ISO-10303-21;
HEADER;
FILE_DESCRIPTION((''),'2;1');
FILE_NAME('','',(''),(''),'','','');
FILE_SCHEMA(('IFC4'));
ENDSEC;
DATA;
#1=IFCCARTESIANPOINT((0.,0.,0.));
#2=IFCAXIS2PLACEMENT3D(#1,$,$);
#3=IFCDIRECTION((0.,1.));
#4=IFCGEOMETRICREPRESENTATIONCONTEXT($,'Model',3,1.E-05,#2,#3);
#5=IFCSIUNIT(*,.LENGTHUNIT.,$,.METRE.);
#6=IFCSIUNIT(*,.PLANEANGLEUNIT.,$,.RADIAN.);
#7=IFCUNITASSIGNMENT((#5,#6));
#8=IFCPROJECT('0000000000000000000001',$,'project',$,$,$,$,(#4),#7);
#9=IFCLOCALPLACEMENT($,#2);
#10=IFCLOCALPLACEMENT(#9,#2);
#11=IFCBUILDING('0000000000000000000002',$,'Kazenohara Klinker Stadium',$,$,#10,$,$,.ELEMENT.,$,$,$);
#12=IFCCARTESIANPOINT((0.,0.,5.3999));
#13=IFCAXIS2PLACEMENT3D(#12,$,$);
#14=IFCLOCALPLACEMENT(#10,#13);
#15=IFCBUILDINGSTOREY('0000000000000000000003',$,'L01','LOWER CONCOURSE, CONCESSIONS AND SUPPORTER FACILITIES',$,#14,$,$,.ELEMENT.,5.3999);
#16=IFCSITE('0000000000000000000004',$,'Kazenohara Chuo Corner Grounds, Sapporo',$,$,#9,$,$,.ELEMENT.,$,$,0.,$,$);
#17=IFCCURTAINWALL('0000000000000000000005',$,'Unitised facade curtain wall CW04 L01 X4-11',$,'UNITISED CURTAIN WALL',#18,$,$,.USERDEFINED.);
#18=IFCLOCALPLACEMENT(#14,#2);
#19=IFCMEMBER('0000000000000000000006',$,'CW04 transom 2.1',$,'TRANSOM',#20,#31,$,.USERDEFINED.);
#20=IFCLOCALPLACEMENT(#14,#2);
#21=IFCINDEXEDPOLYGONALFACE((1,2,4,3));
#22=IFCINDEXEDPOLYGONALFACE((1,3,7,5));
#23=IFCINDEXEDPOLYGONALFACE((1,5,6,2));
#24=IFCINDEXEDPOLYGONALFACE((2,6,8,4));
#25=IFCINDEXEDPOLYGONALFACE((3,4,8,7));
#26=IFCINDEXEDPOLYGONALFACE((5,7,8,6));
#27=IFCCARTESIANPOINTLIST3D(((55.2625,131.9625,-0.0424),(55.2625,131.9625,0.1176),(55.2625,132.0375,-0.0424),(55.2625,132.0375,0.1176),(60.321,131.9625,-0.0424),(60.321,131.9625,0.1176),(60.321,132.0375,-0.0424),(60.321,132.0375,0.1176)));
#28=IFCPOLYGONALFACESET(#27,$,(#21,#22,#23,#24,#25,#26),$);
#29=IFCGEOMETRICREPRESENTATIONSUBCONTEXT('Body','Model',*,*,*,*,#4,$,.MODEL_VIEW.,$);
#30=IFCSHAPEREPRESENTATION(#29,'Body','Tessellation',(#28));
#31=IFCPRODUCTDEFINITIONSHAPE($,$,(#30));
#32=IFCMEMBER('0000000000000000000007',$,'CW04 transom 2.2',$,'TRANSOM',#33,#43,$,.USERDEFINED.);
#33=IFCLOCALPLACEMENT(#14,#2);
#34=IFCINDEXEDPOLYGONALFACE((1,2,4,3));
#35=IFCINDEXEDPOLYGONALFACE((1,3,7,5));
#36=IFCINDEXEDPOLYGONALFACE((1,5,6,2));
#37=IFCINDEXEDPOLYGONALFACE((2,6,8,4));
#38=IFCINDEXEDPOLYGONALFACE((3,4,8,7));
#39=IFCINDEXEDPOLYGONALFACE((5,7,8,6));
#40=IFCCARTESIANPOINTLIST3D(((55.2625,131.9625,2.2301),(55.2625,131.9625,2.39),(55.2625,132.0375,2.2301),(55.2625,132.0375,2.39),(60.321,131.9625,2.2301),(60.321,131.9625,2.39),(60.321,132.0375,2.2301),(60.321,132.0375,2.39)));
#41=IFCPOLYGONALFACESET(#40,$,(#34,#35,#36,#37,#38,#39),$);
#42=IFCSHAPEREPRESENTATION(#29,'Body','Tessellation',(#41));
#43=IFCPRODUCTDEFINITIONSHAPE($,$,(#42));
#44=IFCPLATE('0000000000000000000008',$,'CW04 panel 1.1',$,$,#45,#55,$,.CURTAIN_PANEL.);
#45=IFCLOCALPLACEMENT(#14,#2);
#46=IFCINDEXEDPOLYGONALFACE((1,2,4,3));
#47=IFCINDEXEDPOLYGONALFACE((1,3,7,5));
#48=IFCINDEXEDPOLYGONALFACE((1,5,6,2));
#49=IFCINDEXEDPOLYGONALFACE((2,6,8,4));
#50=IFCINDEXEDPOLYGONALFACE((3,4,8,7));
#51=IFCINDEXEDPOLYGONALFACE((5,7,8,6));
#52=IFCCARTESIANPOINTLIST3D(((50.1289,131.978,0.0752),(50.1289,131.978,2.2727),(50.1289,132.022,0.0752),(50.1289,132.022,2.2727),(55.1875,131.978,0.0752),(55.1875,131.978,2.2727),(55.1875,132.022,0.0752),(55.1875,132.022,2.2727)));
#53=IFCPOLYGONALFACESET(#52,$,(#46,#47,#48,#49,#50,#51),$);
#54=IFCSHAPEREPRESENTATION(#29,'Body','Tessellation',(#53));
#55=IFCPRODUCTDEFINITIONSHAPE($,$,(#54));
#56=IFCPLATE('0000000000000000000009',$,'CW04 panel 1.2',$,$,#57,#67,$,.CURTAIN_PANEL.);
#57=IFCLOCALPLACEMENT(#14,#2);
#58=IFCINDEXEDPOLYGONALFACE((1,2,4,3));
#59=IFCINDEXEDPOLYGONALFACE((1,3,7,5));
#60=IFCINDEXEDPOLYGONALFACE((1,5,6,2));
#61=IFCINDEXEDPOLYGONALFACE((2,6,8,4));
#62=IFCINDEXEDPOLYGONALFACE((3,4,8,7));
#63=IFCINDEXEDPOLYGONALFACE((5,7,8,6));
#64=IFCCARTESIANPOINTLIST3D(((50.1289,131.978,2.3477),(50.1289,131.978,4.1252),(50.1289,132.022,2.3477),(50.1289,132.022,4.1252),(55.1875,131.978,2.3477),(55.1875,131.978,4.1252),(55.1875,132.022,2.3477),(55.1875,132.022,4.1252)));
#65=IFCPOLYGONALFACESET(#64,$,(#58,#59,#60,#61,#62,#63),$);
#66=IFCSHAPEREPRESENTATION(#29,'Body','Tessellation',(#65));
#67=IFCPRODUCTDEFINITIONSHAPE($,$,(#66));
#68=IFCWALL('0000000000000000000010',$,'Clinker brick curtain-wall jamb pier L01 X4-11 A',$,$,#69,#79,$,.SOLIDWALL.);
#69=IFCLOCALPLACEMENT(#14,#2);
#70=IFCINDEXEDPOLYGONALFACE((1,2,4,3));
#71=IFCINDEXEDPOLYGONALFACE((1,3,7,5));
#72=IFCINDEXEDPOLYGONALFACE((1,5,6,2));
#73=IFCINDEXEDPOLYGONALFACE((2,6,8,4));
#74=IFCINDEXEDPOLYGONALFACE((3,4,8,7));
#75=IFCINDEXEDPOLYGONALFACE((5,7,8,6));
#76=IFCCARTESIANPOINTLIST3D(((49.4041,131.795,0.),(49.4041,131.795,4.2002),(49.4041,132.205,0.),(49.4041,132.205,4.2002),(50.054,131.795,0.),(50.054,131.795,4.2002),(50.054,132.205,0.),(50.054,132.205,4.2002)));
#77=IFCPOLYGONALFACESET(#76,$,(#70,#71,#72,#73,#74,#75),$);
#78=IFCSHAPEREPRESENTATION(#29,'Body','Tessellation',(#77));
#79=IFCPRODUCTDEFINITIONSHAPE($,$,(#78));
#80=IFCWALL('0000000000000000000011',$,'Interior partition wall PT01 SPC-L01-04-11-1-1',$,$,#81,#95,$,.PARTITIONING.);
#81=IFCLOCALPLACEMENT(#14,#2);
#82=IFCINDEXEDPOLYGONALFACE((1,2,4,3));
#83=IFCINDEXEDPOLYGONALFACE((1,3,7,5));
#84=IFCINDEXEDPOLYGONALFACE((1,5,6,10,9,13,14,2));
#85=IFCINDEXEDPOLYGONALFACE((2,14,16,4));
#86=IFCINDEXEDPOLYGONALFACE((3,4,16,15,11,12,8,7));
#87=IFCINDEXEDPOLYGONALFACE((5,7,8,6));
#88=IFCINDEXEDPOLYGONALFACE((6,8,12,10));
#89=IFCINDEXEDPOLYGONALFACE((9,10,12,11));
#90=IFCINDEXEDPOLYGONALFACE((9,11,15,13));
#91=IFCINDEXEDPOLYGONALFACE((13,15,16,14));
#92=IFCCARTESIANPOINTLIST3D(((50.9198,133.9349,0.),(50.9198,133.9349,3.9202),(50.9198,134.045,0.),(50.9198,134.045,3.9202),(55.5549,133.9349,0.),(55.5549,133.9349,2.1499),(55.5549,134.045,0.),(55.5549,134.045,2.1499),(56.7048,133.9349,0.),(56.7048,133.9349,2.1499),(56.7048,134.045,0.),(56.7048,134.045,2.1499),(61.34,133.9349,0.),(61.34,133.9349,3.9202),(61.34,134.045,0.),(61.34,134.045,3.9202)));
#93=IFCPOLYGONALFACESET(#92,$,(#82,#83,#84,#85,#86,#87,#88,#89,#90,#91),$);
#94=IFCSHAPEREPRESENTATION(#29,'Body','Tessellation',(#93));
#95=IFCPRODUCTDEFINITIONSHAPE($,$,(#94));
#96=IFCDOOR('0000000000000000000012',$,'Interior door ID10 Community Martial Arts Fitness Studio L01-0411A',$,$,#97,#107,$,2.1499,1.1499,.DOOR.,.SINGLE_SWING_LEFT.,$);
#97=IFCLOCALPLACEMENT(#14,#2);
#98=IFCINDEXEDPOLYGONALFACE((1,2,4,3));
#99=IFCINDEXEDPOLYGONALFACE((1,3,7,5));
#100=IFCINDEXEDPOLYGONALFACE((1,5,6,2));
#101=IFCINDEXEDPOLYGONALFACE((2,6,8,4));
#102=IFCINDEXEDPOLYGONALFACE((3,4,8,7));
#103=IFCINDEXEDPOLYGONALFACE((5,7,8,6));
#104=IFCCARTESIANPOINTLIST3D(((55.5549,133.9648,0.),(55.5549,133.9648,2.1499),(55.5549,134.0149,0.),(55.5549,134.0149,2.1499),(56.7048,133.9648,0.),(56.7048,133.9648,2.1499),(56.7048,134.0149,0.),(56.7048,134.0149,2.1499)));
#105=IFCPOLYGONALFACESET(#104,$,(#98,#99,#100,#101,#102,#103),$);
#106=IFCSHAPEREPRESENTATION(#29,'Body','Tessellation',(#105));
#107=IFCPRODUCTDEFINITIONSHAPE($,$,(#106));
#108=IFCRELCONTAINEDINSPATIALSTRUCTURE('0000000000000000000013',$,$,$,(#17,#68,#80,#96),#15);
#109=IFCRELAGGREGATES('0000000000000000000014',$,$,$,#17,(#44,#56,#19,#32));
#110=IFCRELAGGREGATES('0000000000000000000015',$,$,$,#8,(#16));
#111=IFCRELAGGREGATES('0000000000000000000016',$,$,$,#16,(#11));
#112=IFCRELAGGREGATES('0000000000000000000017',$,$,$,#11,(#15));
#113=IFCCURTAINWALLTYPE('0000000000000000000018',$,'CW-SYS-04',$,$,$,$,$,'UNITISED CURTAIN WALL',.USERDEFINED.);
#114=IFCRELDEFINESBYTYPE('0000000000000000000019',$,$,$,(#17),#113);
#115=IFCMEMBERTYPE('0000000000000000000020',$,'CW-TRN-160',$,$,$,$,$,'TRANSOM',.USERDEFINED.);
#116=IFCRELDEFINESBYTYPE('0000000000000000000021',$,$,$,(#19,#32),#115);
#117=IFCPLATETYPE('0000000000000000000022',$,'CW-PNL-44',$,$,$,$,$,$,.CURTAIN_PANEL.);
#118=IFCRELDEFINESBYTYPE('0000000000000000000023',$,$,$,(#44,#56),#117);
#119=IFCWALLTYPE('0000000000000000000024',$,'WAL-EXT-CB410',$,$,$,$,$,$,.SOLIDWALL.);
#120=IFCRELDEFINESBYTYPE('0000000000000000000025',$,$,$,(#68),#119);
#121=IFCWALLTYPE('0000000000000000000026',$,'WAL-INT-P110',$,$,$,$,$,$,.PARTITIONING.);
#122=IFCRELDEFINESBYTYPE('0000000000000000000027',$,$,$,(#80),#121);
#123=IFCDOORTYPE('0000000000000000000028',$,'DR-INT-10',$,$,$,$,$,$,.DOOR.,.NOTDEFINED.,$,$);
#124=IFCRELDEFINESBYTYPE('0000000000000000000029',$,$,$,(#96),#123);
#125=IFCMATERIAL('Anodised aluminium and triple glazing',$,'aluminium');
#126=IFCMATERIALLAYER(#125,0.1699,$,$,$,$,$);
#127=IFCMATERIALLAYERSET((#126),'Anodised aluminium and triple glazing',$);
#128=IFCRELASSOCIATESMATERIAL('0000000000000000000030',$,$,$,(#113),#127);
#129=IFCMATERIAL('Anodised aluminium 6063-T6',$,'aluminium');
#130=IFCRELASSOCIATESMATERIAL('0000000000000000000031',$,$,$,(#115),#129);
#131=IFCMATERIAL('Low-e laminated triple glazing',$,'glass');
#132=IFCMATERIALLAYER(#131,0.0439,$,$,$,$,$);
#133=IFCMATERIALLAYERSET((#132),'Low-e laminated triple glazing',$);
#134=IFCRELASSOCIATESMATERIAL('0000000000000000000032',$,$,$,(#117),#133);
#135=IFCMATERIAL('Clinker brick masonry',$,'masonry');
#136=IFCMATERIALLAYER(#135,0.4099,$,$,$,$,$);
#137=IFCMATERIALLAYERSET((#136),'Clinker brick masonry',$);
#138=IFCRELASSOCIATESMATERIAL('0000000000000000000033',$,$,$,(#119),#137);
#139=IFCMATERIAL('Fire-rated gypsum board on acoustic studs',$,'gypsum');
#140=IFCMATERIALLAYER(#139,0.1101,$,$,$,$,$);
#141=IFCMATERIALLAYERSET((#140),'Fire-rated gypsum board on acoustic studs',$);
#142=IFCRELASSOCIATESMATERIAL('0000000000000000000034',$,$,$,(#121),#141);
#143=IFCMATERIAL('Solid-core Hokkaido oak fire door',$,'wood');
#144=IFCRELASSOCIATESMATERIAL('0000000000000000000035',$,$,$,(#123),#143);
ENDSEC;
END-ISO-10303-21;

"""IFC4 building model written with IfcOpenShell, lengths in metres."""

from ifc_helpers import new_model, si_unit, direction, frame, frame_2d, origin, origin_2d, place, context, subcontext, project, spatial, rectangle, extrude, material, layer, layer_set, material_profile, profile_set, type_object, element, fill, aggregate, save


model = new_model("IFC4")

# Units and contexts
model_context = context("Model", 3, precision=1e-05, world=origin(), true_north=direction((0.0, 1.0)))
body_context = subcontext(model_context, "Body", "Model", "MODEL_VIEW")
ifc_project = project(units=[si_unit("LENGTHUNIT", "METRE"), si_unit("PLANEANGLEUNIT", "RADIAN")], contexts=[model_context])

# Site, building, storey
site_placement = place(None, origin())
site = spatial("IfcSite", under=ifc_project, at=site_placement, Name="Kazenohara Chuo Corner Grounds, Sapporo", CompositionType="ELEMENT", RefElevation=0.0)
building_placement = place(site_placement, origin())
building = spatial("IfcBuilding", under=site, at=building_placement, Name="Kazenohara Klinker Stadium", CompositionType="ELEMENT")
storey_placement = place(building_placement, frame((0.0, 0.0, 5.3999)))
storey = spatial("IfcBuildingStorey", under=building, at=storey_placement, Name="L01", Description="LOWER CONCOURSE, CONCESSIONS AND SUPPORTER FACILITIES", CompositionType="ELEMENT", Elevation=5.3999)

# Curtain wall, members, plates
ifc_material_1 = material(Name="Anodised aluminium and triple glazing", Category="aluminium")
ifc_layer_1 = layer(ifc_material_1, 0.1699)
ifc_layer_set_1 = layer_set([ifc_layer_1], Name="Anodised aluminium and triple glazing")
curtain_wall_type = type_object("IfcCurtainWallType", Name="CW-SYS-04", ElementType="UNITISED CURTAIN WALL", PredefinedType="USERDEFINED", material=ifc_layer_set_1)
curtain_wall_placement = place(storey_placement, origin())
curtain_wall = element("IfcCurtainWall", 1, at=curtain_wall_placement, inside=storey, type_object=curtain_wall_type, Name="Unitised facade curtain wall CW04 L01 X4-11", ObjectType="UNITISED CURTAIN WALL", PredefinedType="USERDEFINED")
ifc_material_2 = material(Name="Anodised aluminium 6063-T6", Category="aluminium")
ifc_material_profile_1 = material_profile(ifc_material_2, rectangle(XDim=0.075, YDim=0.1599, at=origin_2d()), Name="ALU-TRN-75x160")
ifc_profile_set_1 = profile_set([ifc_material_profile_1], Name="Anodised aluminium 6063-T6")
member_type_1 = type_object("IfcMemberType", Name="CW-TRN-160", ElementType="TRANSOM", PredefinedType="USERDEFINED", material=ifc_profile_set_1)
member_1_placement = place(storey_placement, frame((55.2625, 132.0, 0.0376), z_axis=(1.0, 0.0, 0.0), x_axis=(0.0, 1.0, 0.0)))
member_1 = element("IfcMember", 2, at=member_1_placement, type_object=member_type_1, Name="CW04 transom 2.1", ObjectType="TRANSOM", PredefinedType="USERDEFINED", context=body_context, shape_type="SweptSolid", body=[
    extrude(rectangle(XDim=0.075, YDim=0.1599, at=origin_2d()), origin(), (0.0, 0.0, 1.0), 5.0586),
])
member_2_placement = place(storey_placement, frame((55.2625, 132.0, 2.3101), z_axis=(1.0, 0.0, 0.0), x_axis=(0.0, 1.0, 0.0)))
member_2 = element("IfcMember", 3, at=member_2_placement, type_object=member_type_1, Name="CW04 transom 2.2", ObjectType="TRANSOM", PredefinedType="USERDEFINED", context=body_context, shape_type="SweptSolid", body=[
    extrude(rectangle(XDim=0.075, YDim=0.1599, at=origin_2d()), origin(), (0.0, 0.0, 1.0), 5.0586),
])
ifc_material_3 = material(Name="Low-e laminated triple glazing", Category="glass")
ifc_layer_2 = layer(ifc_material_3, 0.0439)
ifc_layer_set_2 = layer_set([ifc_layer_2], Name="Low-e laminated triple glazing")
plate_type = type_object("IfcPlateType", Name="CW-PNL-44", PredefinedType="CURTAIN_PANEL", material=ifc_layer_set_2)
plate_1_placement = place(storey_placement, frame((52.6582, 132.0, 0.0752), z_axis=(0.0, 0.0, 1.0), x_axis=(1.0, 0.0, 0.0)))
plate_1 = element("IfcPlate", 4, at=plate_1_placement, type_object=plate_type, Name="CW04 panel 1.1", PredefinedType="CURTAIN_PANEL", context=body_context, shape_type="SweptSolid", body=[
    extrude(rectangle(XDim=5.0586, YDim=0.0439, at=origin_2d()), origin(), (0.0, 0.0, 1.0), 2.1975),
])
plate_2_placement = place(storey_placement, frame((52.6582, 132.0, 2.3477), z_axis=(0.0, 0.0, 1.0), x_axis=(1.0, 0.0, 0.0)))
plate_2 = element("IfcPlate", 5, at=plate_2_placement, type_object=plate_type, Name="CW04 panel 1.2", PredefinedType="CURTAIN_PANEL", context=body_context, shape_type="SweptSolid", body=[
    extrude(rectangle(XDim=5.0586, YDim=0.0439, at=origin_2d()), origin(), (0.0, 0.0, 1.0), 1.7776),
])
aggregate(curtain_wall, [plate_1, plate_2, member_1, member_2])

# Wall
ifc_material_4 = material(Name="Clinker brick masonry", Category="masonry")
ifc_layer_3 = layer(ifc_material_4, 0.4099)
ifc_layer_set_3 = layer_set([ifc_layer_3], Name="Clinker brick masonry")
wall_type_1 = type_object("IfcWallType", Name="WAL-EXT-CB410", PredefinedType="SOLIDWALL", material=ifc_layer_set_3)
wall_1_placement = place(storey_placement, frame((49.4041, 132.0, 0.0), z_axis=(0.0, 0.0, 1.0), x_axis=(1.0, 0.0, 0.0)))
element("IfcWall", 6, at=wall_1_placement, inside=storey, type_object=wall_type_1, Name="Clinker brick curtain-wall jamb pier L01 X4-11 A", PredefinedType="SOLIDWALL", context=body_context, shape_type="SweptSolid", body=[
    extrude(rectangle(XDim=0.6499, YDim=0.4099, at=frame_2d((0.325, 0.0))), origin(), (0.0, 0.0, 1.0), 4.2002),
])

# Wall, opening, door
ifc_material_5 = material(Name="Fire-rated gypsum board on acoustic studs", Category="gypsum")
ifc_layer_4 = layer(ifc_material_5, 0.1101)
ifc_layer_set_4 = layer_set([ifc_layer_4], Name="Fire-rated gypsum board on acoustic studs")
wall_type_2 = type_object("IfcWallType", Name="WAL-INT-P110", PredefinedType="PARTITIONING", material=ifc_layer_set_4)
wall_2_placement = place(storey_placement, frame((50.9199, 133.99, 0.0), z_axis=(0.0, 0.0, 1.0), x_axis=(1.0, 0.0, 0.0)))
wall_2 = element("IfcWall", 7, at=wall_2_placement, inside=storey, type_object=wall_type_2, Name="Interior partition wall PT01 SPC-L01-04-11-1-1", PredefinedType="PARTITIONING", context=body_context, shape_type="SweptSolid", body=[
    extrude(rectangle(XDim=10.4202, YDim=0.1101, at=frame_2d((5.21, 0.0))), origin(), (0.0, 0.0, 1.0), 3.9202),
])
opening_placement = place(wall_2_placement, frame((4.635, 0.0, 0.0)))
opening = element("IfcOpeningElement", 8, at=opening_placement, cuts=wall_2, PredefinedType="OPENING", context=body_context, shape_type="SweptSolid", body=[
    extrude(rectangle(XDim=1.1499, YDim=2.1499, at=frame_2d((0.575, 1.075))), frame((0.0, 0.0649, 0.0), z_axis=(0.0, -1.0, 0.0), x_axis=(1.0, 0.0, 0.0)), (0.0, 0.0, 1.0), 0.1301),
])
ifc_material_6 = material(Name="Solid-core Hokkaido oak fire door", Category="wood")
door_type = type_object("IfcDoorType", Name="DR-INT-10", OperationType="NOTDEFINED", PredefinedType="DOOR", material=ifc_material_6)
door_placement = place(opening_placement, origin())
door = element("IfcDoor", 9, at=door_placement, inside=storey, type_object=door_type, Name="Interior door ID10 Community Martial Arts Fitness Studio L01-0411A", OperationType="SINGLE_SWING_LEFT", OverallHeight=2.1499, OverallWidth=1.1499, PredefinedType="DOOR", context=body_context, shape_type="SweptSolid", body=[
    extrude(rectangle(XDim=1.1499, YDim=2.1499, at=frame_2d((0.575, 1.075))), frame((0.0, 0.0249, 0.0), z_axis=(0.0, -1.0, 0.0), x_axis=(1.0, 0.0, 0.0)), (0.0, 0.0, 1.0), 0.05),
])
fill(opening, door)

save(model, "model.ifc")
